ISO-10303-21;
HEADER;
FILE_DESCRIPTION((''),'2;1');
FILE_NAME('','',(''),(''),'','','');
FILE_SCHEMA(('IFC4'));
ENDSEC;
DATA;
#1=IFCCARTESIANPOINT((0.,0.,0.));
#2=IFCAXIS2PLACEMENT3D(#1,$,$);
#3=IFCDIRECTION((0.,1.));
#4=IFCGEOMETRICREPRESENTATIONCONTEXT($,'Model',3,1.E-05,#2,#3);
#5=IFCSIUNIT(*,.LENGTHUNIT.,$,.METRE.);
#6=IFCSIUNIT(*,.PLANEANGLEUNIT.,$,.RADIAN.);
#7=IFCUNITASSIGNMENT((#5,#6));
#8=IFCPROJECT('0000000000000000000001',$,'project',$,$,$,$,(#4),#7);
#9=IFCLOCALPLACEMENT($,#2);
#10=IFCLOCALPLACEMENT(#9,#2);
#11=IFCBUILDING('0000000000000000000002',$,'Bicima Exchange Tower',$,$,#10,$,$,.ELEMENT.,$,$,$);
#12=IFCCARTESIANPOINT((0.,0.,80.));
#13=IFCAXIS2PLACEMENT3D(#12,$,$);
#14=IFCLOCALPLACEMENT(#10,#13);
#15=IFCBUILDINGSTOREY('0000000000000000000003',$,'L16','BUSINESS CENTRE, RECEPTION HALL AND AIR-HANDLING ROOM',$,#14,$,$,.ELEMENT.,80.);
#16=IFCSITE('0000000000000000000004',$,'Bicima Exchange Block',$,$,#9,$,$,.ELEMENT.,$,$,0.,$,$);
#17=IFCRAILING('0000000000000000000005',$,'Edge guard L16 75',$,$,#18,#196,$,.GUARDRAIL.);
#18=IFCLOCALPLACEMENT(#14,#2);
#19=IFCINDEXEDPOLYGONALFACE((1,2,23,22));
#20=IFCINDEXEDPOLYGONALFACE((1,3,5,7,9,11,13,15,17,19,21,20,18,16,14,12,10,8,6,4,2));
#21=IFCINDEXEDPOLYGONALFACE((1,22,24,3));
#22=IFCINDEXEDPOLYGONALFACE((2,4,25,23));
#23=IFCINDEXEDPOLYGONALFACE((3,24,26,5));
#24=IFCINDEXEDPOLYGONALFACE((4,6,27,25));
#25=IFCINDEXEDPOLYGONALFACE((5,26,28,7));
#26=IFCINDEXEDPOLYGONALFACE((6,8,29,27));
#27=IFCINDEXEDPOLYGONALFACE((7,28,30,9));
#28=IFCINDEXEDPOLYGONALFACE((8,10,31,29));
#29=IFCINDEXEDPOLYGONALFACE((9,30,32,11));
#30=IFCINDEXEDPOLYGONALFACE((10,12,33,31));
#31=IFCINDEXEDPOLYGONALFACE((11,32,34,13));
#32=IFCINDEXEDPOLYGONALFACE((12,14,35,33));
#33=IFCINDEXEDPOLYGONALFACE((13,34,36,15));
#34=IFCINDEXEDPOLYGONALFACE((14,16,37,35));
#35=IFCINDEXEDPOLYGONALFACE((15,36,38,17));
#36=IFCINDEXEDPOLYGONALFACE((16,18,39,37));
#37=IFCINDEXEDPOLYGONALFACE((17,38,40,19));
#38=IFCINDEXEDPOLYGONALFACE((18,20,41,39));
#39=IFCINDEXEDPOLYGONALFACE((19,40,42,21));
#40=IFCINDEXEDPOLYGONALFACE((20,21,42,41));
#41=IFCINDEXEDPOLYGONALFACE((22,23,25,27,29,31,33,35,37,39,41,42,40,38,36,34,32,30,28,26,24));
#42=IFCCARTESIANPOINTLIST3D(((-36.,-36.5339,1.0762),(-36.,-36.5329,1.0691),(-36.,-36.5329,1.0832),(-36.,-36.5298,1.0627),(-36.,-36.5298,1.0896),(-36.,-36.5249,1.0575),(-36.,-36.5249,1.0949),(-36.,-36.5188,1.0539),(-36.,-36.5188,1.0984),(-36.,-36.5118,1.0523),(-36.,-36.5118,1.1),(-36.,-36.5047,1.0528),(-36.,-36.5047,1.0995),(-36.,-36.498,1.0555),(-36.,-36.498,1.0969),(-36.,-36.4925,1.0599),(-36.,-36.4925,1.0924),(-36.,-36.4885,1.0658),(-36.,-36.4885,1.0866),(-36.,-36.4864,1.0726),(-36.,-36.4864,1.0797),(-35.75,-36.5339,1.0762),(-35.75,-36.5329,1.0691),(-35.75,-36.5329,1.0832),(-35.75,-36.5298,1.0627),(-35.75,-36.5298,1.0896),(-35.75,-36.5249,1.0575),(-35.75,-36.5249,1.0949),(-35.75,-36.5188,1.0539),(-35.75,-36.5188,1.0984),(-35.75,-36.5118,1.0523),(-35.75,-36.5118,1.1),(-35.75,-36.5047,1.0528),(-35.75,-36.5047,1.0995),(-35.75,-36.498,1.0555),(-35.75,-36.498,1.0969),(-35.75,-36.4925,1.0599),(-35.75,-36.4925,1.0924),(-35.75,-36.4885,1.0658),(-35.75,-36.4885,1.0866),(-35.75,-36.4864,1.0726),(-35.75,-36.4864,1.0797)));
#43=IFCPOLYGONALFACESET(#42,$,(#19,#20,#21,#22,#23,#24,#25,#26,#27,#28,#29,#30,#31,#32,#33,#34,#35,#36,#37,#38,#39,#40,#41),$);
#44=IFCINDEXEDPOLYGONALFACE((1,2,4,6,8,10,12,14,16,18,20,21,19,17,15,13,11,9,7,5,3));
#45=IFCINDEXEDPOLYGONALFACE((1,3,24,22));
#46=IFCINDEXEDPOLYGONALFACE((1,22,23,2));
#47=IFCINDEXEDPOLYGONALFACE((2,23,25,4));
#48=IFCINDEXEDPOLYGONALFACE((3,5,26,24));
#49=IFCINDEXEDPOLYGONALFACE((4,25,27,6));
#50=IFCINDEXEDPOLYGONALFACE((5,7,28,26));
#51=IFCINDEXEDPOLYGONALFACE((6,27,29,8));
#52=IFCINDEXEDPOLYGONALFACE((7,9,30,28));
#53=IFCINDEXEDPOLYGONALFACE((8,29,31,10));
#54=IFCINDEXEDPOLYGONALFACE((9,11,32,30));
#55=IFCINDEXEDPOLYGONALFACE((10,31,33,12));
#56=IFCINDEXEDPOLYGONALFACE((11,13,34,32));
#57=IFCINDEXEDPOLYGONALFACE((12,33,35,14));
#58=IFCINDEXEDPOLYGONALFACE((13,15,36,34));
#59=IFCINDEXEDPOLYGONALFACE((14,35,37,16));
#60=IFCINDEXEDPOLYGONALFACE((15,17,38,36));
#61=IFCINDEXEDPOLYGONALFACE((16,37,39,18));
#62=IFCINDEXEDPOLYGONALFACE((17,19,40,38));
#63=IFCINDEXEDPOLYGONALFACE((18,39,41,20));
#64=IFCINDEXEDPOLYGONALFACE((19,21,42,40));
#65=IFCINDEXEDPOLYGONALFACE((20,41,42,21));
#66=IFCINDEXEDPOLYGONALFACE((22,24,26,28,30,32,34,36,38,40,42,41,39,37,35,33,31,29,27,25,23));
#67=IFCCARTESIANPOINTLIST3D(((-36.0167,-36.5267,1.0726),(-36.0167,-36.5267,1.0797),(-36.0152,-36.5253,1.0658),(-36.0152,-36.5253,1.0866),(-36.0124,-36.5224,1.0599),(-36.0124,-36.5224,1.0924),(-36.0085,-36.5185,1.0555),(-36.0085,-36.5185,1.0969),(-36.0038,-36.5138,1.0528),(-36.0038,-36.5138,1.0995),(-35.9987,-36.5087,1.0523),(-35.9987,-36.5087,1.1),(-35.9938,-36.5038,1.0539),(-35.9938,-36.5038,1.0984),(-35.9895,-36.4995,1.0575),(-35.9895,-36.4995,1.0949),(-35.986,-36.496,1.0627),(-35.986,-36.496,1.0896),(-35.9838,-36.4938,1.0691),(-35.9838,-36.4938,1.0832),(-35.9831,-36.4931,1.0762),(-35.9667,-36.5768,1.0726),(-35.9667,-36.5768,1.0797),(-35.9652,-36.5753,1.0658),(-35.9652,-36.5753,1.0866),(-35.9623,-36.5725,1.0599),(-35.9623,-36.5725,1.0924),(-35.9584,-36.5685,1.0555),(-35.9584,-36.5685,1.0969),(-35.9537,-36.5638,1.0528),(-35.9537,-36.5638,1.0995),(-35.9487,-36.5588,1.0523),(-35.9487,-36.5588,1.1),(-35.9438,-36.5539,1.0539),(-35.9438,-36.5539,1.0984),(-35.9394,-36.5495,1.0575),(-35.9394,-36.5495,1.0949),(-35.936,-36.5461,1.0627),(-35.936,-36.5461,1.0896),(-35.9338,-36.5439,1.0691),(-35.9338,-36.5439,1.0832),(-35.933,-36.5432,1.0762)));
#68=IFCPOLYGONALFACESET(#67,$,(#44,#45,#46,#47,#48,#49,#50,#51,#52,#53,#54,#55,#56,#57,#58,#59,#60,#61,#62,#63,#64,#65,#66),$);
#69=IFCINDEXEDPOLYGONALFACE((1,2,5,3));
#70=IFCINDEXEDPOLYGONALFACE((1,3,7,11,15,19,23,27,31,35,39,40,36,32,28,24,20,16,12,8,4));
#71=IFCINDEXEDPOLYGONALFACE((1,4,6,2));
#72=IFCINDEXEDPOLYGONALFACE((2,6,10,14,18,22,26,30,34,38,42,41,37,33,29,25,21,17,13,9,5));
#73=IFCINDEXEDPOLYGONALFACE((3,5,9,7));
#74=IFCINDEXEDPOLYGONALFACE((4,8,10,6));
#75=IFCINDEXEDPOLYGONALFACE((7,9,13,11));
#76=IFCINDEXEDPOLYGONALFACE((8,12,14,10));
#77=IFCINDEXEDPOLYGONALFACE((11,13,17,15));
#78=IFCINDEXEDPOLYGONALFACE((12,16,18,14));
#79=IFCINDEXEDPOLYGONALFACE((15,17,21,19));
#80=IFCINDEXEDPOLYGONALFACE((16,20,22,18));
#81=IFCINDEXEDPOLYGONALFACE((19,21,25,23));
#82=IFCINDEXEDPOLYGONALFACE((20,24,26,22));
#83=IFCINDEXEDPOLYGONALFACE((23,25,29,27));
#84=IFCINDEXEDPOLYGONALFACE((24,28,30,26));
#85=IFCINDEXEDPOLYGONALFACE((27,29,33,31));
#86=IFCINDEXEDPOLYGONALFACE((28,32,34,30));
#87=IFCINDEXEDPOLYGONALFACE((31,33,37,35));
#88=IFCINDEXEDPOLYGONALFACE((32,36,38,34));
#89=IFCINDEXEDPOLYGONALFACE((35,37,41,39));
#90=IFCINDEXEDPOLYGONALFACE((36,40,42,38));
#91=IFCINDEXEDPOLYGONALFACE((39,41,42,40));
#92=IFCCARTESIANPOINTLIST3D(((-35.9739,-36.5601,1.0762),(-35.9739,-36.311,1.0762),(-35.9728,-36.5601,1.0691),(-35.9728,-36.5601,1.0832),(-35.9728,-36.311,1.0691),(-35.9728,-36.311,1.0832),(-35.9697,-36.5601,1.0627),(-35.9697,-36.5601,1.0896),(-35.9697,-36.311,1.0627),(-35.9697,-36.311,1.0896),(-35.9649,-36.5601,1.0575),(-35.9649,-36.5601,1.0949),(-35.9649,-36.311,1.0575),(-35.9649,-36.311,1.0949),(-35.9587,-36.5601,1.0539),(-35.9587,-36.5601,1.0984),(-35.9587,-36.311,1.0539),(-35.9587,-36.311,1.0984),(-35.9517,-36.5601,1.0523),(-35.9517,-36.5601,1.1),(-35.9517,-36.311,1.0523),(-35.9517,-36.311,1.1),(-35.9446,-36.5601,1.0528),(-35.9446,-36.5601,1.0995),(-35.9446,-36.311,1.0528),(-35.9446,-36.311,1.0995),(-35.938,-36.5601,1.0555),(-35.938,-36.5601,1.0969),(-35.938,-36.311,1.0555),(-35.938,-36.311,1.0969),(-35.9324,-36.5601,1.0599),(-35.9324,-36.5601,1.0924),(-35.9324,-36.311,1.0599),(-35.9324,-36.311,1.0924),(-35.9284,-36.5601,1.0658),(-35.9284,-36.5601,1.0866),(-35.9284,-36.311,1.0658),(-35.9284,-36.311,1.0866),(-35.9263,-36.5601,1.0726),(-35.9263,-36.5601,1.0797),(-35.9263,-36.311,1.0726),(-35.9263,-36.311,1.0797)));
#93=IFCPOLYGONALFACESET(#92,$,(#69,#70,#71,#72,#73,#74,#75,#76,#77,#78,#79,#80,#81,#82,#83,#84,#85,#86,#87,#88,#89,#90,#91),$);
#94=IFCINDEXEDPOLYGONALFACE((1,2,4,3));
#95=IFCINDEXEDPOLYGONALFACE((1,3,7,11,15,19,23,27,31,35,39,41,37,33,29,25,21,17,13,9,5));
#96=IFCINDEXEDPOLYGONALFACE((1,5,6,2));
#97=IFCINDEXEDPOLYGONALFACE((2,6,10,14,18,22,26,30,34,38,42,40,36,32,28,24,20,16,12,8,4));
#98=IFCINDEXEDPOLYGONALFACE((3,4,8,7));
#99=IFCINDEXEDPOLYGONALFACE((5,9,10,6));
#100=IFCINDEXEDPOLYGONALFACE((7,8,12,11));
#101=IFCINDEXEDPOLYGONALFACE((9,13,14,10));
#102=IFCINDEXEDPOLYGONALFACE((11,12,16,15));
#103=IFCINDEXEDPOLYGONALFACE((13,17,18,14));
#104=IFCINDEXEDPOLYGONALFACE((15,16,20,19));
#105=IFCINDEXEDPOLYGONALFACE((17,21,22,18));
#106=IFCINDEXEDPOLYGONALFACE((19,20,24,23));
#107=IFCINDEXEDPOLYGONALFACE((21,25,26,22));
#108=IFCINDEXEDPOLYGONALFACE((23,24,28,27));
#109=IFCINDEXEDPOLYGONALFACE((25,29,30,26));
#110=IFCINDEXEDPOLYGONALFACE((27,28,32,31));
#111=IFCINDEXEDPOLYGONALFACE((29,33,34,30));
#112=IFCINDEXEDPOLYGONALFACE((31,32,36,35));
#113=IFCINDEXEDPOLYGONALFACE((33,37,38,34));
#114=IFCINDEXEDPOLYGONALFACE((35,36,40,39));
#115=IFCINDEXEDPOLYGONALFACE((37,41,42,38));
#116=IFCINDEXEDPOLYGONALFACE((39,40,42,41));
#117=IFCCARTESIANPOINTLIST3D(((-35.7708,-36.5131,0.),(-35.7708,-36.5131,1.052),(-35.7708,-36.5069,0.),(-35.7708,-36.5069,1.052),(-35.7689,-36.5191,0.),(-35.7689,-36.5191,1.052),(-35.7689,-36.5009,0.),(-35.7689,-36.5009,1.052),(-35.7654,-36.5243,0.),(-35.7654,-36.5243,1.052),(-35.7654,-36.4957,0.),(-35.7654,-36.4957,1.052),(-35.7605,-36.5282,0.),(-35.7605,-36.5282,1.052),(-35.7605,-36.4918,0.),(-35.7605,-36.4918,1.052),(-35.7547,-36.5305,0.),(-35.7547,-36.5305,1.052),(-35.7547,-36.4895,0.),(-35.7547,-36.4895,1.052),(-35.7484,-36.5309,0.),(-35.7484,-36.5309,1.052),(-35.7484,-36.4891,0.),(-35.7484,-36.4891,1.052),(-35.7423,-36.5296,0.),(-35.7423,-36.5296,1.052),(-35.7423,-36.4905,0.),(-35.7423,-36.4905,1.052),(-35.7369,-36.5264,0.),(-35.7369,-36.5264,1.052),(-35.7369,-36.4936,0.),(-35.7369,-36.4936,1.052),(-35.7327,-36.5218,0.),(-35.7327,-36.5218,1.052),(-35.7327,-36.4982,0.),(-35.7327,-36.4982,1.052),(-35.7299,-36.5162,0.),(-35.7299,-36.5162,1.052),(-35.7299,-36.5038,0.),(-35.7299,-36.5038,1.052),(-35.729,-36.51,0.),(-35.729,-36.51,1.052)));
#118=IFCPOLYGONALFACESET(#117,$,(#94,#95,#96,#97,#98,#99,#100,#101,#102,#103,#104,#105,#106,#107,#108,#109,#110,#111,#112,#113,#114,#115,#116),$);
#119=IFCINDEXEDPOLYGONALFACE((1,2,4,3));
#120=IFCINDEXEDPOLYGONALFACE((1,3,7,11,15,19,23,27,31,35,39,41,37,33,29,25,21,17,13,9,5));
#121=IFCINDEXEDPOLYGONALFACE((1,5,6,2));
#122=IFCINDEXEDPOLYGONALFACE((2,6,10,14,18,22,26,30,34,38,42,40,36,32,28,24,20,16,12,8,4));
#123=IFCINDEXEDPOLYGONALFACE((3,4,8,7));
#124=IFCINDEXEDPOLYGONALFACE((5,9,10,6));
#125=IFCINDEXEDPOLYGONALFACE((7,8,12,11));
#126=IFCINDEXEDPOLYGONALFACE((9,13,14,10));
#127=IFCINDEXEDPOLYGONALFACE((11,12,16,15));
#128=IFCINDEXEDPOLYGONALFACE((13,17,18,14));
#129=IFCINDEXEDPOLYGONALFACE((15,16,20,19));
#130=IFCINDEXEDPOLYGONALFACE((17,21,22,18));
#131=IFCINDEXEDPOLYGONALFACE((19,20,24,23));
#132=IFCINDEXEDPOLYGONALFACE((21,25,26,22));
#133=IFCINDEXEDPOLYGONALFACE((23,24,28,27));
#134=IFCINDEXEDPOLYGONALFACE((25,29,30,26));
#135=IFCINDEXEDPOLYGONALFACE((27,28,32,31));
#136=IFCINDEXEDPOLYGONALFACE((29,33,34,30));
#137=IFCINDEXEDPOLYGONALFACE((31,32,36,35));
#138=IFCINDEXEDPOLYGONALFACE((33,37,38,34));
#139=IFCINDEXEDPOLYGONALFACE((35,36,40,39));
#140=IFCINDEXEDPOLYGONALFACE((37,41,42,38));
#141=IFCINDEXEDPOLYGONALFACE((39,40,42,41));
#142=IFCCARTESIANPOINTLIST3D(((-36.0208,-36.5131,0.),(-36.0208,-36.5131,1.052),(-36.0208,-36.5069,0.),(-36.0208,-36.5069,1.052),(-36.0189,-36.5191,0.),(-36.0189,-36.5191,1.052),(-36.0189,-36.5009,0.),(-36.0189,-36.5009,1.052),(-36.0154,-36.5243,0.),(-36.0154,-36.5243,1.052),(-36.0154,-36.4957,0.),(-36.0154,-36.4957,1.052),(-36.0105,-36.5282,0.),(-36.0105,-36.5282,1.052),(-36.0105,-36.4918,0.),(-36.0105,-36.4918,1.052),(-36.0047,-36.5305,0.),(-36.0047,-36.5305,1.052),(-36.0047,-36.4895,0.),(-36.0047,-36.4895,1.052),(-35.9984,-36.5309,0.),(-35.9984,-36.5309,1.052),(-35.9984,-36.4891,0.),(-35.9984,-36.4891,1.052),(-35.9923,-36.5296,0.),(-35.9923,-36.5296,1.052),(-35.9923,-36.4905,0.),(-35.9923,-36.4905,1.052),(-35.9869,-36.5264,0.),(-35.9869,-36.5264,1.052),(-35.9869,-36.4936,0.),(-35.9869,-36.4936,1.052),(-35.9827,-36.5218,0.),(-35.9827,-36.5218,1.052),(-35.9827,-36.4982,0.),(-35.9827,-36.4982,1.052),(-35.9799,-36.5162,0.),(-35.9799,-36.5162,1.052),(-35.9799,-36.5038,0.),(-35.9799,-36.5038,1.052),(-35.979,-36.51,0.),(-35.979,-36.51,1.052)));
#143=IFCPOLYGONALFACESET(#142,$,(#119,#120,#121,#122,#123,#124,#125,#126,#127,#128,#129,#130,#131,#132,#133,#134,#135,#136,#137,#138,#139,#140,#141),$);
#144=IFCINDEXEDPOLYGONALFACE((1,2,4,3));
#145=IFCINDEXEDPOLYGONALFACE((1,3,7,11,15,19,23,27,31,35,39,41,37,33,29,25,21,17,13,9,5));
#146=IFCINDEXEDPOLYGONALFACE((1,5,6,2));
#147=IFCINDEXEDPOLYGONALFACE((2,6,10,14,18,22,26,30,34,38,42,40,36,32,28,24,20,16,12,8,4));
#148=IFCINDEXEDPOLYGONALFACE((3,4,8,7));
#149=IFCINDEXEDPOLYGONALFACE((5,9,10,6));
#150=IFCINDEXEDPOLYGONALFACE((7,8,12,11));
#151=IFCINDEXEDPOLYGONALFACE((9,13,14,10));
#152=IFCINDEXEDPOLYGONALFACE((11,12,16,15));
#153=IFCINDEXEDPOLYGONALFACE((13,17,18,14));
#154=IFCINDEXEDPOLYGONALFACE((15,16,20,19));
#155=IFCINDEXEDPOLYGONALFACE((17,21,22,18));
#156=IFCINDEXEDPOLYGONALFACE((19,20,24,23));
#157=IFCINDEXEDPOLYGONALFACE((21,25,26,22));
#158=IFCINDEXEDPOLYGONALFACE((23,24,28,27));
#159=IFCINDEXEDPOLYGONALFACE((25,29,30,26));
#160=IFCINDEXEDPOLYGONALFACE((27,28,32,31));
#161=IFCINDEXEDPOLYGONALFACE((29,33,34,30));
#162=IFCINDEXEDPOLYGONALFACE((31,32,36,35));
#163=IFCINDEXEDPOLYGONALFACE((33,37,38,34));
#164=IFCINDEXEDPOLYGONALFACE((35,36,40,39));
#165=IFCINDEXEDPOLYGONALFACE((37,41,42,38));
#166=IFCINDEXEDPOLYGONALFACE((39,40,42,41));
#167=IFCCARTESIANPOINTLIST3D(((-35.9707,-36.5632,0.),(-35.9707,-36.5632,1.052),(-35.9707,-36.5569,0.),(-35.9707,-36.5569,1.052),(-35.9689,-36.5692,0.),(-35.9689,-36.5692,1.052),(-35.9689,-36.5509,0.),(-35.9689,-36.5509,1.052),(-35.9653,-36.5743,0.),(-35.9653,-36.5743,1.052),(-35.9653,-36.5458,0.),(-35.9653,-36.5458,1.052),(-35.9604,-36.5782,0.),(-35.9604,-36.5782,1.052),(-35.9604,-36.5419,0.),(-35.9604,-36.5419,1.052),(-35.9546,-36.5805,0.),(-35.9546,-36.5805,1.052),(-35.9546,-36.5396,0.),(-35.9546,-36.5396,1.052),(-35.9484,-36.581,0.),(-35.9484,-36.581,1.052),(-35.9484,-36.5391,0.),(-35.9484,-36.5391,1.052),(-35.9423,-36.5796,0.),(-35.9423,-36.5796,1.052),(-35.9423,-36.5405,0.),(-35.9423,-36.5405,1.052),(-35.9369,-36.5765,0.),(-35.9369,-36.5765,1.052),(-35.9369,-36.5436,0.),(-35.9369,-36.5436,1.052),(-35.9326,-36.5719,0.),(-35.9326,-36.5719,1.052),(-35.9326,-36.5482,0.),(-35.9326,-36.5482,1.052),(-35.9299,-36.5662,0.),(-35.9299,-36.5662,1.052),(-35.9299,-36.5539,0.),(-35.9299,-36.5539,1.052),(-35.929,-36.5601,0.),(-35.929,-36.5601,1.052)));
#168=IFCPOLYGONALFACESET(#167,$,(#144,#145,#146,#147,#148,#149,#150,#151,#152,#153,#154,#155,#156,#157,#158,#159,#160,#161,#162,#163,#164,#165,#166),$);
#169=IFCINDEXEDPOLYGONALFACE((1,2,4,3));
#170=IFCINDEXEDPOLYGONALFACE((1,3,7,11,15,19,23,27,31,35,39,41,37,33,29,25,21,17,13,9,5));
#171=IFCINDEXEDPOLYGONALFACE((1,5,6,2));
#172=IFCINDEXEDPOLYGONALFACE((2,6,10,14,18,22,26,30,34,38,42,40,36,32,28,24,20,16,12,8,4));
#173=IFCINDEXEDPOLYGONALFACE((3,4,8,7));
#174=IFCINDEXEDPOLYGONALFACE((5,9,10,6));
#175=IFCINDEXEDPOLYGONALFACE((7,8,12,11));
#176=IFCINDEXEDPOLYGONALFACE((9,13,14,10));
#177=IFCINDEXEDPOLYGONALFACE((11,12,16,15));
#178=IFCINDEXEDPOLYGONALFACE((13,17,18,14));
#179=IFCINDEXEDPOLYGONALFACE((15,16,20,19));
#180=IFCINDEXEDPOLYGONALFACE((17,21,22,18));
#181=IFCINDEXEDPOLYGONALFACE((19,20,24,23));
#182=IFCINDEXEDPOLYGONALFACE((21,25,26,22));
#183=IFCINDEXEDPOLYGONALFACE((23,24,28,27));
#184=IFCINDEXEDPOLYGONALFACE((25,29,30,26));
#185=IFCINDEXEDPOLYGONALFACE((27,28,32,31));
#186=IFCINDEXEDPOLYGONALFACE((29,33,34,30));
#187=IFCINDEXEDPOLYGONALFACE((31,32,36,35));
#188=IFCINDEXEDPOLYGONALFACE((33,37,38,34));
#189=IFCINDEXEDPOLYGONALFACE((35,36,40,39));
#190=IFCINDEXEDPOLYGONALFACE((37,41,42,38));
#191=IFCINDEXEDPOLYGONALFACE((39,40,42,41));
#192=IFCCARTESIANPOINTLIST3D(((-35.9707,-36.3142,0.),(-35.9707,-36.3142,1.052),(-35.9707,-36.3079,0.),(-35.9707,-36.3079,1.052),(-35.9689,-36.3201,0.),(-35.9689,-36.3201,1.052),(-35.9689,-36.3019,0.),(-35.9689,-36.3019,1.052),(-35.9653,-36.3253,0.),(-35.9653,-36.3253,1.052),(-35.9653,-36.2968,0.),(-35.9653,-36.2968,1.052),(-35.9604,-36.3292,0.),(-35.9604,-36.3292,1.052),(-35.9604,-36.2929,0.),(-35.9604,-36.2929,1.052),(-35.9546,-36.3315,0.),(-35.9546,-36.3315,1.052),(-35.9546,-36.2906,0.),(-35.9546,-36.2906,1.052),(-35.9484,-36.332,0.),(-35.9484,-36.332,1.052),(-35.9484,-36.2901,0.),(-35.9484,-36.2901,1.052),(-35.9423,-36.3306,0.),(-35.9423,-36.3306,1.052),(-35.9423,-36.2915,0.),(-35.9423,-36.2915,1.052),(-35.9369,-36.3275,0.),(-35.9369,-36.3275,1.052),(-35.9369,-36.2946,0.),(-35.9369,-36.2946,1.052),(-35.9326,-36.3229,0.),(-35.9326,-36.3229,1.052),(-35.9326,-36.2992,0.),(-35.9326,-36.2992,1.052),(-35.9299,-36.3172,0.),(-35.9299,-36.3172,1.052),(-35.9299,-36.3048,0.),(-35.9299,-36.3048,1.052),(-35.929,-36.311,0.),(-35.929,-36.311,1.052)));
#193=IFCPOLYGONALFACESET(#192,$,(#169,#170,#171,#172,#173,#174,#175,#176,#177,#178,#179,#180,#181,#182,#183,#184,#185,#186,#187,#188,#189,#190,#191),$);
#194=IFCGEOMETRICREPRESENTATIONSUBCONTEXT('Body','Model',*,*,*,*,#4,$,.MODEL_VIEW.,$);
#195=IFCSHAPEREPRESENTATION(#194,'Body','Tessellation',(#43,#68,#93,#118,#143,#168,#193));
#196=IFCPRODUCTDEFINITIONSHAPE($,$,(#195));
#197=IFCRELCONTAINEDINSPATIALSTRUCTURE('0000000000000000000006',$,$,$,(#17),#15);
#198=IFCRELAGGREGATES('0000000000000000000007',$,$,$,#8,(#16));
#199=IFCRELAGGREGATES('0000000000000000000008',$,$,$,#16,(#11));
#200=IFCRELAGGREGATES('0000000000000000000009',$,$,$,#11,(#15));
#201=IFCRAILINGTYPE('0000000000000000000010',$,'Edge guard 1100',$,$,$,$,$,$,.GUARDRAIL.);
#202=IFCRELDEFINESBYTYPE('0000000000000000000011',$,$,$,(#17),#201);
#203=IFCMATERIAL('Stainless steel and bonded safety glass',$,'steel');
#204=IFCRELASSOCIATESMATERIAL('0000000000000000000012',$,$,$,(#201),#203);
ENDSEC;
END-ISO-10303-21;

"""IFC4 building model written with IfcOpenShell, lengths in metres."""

from ifc_helpers import new_model, si_unit, direction, frame, origin, origin_2d, place, context, subcontext, project, spatial, circle, extrude, material, type_object, element, save


model = new_model("IFC4")

# Units and contexts
model_context = context("Model", 3, precision=1e-05, world=origin(), true_north=direction((0.0, 1.0)))
body_context = subcontext(model_context, "Body", "Model", "MODEL_VIEW")
ifc_project = project(units=[si_unit("LENGTHUNIT", "METRE"), si_unit("PLANEANGLEUNIT", "RADIAN")], contexts=[model_context])

# Site, building, storey
site_placement = place(None, origin())
site = spatial("IfcSite", under=ifc_project, at=site_placement, Name="Bicima Exchange Block", CompositionType="ELEMENT", RefElevation=0.0)
building_placement = place(site_placement, origin())
building = spatial("IfcBuilding", under=site, at=building_placement, Name="Bicima Exchange Tower", CompositionType="ELEMENT")
storey_placement = place(building_placement, frame((0.0, 0.0, 80.0)))
storey = spatial("IfcBuildingStorey", under=building, at=storey_placement, Name="L16", Description="BUSINESS CENTRE, RECEPTION HALL AND AIR-HANDLING ROOM", CompositionType="ELEMENT", Elevation=80.0)

# Railing
ifc_material_1 = material(Name="Stainless steel and bonded safety glass", Category="steel")
railing_type = type_object("IfcRailingType", Name="Edge guard 1100", PredefinedType="GUARDRAIL", material=ifc_material_1)
railing_1_placement = place(storey_placement, frame((-35.75, -36.51, 0.0)))
element("IfcRailing", 1, at=railing_1_placement, inside=storey, type_object=railing_type, Name="Edge guard L16 75", PredefinedType="GUARDRAIL", context=body_context, shape_type="SweptSolid", body=[
    extrude(circle(Radius=0.0239, at=origin_2d()), frame((0.0, 0.0, 1.0762), z_axis=(-1.0, 0.0, 0.0), x_axis=(0.0, -1.0, 0.0)), (0.0, 0.0, 1.0), 0.25),
    extrude(circle(Radius=0.0239, at=origin_2d()), frame((-0.25, 0.0, 1.0762), z_axis=(0.707107, -0.707107, 0.0), x_axis=(0.707107, 0.707107, 0.0)), (0.0, 0.0, 1.0), 0.0708),
    extrude(circle(Radius=0.0239, at=origin_2d()), frame((-0.2, -0.05, 1.0762), z_axis=(0.0, 1.0, 0.0), x_axis=(-1.0, 0.0, 0.0)), (0.0, 0.0, 1.0), 0.249),
    extrude(circle(Radius=0.021, at=origin_2d()), origin(), (0.0, 0.0, 1.0), 1.052),
    extrude(circle(Radius=0.021, at=origin_2d()), frame((-0.25, 0.0, 0.0)), (0.0, 0.0, 1.0), 1.052),
    extrude(circle(Radius=0.021, at=origin_2d()), frame((-0.2, -0.05, 0.0)), (0.0, 0.0, 1.0), 1.052),
    extrude(circle(Radius=0.021, at=origin_2d()), frame((-0.2, 0.199, 0.0)), (0.0, 0.0, 1.0), 1.052),
])

save(model, "model.ifc")
